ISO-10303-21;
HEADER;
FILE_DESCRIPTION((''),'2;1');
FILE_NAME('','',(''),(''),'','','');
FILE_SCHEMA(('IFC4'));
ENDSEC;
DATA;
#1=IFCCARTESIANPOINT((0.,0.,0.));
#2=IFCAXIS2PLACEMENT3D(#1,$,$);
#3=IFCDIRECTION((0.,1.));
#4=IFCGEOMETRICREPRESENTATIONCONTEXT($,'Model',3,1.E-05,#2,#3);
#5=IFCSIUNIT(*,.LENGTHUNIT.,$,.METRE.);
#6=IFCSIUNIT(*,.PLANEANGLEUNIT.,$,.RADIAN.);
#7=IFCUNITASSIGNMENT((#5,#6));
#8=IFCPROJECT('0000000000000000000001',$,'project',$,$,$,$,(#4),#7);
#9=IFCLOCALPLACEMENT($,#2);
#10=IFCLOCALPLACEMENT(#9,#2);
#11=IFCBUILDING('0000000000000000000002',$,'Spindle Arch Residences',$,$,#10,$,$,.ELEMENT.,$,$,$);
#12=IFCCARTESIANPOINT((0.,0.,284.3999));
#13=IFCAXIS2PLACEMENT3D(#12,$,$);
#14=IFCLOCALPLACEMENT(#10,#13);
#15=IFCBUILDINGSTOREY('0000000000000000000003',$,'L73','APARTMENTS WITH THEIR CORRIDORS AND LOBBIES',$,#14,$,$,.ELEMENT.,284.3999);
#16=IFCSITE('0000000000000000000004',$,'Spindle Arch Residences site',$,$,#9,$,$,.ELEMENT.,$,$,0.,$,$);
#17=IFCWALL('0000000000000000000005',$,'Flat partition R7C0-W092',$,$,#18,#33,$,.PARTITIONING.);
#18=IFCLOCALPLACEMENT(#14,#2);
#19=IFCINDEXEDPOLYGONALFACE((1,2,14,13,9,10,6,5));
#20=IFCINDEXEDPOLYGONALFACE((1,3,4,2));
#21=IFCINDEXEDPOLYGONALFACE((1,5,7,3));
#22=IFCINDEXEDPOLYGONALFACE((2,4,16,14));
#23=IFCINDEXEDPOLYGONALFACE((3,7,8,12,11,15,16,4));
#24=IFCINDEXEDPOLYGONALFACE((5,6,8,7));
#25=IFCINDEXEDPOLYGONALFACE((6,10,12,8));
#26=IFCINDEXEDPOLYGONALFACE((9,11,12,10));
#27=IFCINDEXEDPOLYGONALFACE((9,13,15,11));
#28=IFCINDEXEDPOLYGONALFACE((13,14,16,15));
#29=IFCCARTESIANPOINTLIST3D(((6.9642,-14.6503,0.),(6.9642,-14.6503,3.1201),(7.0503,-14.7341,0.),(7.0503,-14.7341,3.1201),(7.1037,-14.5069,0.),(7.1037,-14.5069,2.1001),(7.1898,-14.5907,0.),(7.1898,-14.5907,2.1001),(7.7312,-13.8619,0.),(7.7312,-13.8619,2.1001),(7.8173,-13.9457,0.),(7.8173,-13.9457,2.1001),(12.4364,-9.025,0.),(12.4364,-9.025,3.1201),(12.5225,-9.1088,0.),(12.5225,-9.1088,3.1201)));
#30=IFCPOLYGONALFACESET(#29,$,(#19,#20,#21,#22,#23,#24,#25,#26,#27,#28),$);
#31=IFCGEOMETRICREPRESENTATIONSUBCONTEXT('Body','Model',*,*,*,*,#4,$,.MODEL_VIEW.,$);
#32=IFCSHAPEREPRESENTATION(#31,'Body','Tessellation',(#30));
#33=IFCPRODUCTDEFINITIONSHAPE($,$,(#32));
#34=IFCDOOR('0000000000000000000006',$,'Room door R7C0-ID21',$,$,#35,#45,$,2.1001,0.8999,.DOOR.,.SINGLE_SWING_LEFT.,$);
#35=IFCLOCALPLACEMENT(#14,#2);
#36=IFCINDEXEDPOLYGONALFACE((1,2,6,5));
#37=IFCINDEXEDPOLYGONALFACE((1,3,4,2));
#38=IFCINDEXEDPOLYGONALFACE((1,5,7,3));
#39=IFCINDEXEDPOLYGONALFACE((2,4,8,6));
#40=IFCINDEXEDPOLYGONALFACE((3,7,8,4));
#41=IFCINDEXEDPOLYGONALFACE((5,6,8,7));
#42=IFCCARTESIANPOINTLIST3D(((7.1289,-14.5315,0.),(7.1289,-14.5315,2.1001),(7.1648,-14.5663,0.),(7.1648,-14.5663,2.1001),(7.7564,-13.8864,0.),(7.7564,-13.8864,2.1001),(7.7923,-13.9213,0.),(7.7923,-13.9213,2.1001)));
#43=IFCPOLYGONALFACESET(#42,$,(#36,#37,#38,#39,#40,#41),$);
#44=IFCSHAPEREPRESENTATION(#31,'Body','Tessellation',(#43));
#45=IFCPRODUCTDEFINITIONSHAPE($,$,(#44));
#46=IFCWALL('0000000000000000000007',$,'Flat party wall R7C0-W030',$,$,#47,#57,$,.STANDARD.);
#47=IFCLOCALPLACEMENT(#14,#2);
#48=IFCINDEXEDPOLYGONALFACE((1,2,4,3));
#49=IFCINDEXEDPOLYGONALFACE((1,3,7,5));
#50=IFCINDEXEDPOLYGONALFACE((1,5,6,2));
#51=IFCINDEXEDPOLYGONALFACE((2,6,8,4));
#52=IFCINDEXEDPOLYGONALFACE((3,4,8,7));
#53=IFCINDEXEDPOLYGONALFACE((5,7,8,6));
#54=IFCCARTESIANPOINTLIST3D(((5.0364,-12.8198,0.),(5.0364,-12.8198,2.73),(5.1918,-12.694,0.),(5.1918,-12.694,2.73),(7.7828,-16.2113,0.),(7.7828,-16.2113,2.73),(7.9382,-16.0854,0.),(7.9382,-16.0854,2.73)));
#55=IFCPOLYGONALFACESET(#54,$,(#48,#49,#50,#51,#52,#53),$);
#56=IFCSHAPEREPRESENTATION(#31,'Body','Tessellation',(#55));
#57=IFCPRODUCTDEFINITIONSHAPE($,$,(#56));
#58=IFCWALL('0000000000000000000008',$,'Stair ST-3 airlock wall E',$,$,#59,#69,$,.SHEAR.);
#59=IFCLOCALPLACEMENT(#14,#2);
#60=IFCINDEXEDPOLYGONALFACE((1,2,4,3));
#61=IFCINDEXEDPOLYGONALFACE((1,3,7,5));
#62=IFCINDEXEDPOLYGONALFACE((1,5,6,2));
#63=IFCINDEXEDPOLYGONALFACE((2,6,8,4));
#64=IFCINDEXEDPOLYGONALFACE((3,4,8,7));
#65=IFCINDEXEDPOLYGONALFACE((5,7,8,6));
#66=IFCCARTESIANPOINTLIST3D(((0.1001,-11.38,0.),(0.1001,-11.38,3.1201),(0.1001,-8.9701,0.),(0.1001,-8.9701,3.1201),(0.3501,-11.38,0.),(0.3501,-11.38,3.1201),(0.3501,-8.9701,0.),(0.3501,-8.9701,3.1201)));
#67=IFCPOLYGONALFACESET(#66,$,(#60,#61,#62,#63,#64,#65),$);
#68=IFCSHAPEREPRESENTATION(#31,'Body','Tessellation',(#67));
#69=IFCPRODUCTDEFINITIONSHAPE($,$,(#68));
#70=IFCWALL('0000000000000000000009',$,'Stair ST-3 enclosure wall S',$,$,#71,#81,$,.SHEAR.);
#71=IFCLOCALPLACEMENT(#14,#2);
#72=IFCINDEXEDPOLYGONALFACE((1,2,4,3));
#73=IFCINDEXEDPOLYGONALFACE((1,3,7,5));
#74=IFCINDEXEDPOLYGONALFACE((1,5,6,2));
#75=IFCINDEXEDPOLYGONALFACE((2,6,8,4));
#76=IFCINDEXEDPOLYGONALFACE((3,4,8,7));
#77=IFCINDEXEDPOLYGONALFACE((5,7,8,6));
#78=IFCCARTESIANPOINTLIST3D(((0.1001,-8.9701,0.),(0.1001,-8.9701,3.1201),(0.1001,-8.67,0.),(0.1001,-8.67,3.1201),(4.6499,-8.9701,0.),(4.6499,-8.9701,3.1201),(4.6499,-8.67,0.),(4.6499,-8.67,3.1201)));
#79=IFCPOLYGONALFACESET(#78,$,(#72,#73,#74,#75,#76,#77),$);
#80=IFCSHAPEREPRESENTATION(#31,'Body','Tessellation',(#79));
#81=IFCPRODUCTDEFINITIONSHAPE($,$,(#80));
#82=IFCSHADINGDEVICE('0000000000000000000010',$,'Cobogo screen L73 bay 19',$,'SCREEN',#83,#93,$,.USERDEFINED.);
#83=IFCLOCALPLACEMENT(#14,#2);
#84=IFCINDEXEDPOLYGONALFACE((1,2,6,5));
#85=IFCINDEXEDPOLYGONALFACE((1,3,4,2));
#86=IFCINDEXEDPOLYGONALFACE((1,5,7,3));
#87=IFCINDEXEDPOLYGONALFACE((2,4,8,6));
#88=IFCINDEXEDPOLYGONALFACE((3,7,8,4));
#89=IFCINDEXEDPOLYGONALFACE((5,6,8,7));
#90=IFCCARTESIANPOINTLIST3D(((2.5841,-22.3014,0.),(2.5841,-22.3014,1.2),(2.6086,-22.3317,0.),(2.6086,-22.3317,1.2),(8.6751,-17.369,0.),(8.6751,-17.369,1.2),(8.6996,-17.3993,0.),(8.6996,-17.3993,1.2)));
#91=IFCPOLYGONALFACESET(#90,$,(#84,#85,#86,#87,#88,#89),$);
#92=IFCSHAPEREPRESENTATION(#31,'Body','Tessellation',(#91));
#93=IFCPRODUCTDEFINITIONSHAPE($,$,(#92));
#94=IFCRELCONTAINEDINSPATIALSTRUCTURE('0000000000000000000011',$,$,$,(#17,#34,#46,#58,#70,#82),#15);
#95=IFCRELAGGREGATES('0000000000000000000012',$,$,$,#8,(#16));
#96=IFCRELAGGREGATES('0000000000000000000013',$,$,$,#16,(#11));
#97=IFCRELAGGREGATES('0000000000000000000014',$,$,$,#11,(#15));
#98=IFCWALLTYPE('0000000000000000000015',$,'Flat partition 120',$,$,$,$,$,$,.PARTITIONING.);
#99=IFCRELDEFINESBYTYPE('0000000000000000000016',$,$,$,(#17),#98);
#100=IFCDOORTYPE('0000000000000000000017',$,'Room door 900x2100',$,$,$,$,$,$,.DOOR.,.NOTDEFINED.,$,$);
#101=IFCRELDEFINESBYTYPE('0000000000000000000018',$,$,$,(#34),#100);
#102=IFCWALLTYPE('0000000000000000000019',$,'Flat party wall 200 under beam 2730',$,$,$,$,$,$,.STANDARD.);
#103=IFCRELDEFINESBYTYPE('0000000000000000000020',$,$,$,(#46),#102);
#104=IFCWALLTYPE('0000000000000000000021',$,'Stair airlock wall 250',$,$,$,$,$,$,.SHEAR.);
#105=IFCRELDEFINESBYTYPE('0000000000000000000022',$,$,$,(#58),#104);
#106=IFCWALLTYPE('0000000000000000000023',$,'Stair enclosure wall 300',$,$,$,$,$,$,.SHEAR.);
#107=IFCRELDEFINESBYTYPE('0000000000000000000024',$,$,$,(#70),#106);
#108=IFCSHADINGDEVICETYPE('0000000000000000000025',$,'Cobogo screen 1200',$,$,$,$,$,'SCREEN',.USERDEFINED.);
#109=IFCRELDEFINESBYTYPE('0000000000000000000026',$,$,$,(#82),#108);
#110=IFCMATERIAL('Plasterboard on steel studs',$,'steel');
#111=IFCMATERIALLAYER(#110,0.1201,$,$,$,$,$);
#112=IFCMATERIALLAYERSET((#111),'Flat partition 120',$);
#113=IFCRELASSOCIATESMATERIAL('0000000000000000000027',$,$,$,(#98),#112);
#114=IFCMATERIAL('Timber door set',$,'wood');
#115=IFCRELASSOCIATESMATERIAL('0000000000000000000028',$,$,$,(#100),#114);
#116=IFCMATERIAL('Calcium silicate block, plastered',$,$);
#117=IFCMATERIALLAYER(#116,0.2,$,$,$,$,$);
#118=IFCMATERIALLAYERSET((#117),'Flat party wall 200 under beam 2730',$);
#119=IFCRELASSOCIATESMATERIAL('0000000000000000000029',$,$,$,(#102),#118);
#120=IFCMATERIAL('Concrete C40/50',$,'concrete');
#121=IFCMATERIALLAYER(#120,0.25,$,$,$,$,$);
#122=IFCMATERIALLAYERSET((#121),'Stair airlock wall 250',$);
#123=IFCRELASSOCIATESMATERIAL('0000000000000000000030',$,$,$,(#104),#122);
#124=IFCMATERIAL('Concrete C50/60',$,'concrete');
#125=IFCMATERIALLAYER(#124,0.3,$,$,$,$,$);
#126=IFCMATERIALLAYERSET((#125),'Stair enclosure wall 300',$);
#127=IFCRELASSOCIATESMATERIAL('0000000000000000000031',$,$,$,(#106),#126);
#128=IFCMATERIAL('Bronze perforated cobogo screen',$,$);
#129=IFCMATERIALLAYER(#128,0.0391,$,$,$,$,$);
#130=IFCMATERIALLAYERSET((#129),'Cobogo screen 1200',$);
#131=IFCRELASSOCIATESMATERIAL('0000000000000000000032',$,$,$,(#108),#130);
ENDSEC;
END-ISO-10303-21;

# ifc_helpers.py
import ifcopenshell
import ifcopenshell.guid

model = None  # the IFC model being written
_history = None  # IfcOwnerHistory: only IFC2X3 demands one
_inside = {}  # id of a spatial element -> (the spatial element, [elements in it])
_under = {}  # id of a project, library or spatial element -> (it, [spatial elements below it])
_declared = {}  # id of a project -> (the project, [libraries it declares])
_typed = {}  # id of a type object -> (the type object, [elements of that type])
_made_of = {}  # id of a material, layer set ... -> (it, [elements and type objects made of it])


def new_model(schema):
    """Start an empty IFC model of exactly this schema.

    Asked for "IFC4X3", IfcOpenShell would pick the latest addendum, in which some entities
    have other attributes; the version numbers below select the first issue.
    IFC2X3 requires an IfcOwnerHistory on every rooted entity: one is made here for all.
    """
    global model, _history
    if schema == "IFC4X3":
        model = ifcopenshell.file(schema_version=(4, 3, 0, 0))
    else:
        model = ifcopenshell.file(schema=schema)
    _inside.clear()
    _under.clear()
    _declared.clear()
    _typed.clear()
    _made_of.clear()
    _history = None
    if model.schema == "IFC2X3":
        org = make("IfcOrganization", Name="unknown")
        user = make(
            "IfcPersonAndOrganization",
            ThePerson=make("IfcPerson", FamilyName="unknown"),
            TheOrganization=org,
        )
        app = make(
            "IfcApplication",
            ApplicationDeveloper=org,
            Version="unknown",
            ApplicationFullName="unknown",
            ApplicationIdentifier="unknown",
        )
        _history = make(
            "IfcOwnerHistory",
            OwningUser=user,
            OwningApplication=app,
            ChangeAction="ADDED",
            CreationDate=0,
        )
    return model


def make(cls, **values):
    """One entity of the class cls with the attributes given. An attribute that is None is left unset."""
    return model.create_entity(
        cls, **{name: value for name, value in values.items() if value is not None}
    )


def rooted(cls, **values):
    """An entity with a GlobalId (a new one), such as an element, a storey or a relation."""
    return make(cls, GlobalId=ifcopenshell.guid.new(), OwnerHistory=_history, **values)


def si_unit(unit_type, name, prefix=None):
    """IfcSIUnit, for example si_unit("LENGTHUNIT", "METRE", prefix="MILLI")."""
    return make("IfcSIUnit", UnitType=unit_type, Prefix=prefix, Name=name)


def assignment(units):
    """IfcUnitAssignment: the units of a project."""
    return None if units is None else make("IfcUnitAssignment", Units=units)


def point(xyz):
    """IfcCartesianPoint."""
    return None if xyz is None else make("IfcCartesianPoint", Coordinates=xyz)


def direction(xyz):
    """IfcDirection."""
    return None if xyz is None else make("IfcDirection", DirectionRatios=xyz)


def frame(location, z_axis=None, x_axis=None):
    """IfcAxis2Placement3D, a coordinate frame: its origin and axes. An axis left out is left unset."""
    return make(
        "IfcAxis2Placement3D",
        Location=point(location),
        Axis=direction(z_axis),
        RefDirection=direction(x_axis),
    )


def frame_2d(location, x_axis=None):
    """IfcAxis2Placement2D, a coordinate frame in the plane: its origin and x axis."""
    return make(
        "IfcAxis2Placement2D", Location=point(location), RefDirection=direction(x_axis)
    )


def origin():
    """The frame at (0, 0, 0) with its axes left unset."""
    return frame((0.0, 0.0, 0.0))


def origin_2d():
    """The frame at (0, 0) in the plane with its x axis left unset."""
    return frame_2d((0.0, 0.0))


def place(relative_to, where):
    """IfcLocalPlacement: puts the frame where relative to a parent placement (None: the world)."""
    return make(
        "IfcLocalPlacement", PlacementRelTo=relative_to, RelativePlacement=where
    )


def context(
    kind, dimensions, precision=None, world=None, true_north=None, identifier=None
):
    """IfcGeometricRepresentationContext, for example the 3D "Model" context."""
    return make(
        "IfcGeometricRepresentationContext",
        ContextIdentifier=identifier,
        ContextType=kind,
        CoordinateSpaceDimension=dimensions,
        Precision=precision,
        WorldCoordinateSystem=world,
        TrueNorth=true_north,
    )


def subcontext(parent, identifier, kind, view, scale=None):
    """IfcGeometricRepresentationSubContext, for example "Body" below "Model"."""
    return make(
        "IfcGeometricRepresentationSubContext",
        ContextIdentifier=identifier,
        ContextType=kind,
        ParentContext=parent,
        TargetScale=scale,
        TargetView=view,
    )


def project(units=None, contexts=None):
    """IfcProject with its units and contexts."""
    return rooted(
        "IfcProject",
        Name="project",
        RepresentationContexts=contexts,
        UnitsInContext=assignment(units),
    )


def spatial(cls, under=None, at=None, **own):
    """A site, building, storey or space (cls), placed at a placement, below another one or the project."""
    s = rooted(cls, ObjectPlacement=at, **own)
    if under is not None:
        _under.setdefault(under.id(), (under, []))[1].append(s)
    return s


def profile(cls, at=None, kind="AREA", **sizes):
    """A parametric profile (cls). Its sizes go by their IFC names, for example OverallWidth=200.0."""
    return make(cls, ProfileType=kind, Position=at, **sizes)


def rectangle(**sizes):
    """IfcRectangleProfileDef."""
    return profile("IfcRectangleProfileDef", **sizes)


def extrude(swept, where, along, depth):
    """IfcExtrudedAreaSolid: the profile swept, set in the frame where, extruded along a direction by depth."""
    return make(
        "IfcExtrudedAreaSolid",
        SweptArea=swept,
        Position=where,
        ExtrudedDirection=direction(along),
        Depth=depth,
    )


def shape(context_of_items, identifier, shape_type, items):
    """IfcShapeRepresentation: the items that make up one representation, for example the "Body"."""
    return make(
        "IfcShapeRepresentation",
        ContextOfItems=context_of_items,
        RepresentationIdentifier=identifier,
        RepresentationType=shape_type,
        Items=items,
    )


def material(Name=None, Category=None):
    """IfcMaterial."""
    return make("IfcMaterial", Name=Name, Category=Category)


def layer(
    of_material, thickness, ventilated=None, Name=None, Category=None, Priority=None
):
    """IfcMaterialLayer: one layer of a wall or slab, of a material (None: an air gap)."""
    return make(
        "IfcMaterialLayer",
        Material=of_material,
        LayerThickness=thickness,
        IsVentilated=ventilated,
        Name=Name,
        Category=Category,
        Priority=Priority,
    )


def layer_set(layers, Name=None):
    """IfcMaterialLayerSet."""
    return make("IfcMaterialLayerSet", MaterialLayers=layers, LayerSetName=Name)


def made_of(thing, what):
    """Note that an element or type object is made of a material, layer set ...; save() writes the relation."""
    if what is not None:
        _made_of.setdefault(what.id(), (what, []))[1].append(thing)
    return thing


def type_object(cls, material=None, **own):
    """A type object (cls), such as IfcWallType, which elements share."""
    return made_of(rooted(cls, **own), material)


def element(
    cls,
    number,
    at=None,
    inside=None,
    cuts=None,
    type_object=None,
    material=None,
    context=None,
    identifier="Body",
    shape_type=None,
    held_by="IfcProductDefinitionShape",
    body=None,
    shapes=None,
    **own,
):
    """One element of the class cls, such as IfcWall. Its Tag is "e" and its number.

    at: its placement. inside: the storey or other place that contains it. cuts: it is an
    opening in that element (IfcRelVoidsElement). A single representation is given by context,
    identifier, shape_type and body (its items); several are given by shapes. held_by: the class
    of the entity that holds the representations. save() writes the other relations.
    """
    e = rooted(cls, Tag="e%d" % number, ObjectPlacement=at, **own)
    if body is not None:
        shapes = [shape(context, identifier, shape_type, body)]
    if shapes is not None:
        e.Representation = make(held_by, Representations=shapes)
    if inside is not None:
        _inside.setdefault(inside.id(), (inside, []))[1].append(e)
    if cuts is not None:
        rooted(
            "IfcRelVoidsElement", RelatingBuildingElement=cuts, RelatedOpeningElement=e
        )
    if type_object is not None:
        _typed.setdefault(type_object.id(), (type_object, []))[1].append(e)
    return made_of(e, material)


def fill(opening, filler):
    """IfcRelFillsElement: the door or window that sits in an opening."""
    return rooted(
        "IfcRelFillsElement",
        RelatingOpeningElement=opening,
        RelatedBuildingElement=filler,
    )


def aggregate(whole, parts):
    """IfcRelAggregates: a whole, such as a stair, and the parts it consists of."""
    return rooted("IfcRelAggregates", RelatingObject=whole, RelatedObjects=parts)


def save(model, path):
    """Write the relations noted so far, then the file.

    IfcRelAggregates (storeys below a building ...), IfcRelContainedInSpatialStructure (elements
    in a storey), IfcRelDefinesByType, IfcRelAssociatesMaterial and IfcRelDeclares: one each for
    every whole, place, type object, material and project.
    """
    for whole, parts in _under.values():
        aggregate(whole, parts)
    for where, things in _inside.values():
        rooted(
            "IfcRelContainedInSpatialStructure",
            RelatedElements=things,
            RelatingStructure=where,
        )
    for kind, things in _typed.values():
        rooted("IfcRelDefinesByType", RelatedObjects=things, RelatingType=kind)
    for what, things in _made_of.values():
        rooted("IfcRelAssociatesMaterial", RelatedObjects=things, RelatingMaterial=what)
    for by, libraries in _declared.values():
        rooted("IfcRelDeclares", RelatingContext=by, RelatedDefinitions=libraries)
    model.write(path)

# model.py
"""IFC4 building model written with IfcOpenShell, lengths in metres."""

from ifc_helpers import new_model, si_unit, direction, frame, frame_2d, origin, origin_2d, place, context, subcontext, project, spatial, rectangle, extrude, material, layer, layer_set, type_object, element, fill, save


model = new_model("IFC4")

# Units and contexts
model_context = context("Model", 3, precision=1e-05, world=origin(), true_north=direction((0.0, 1.0)))
body_context = subcontext(model_context, "Body", "Model", "MODEL_VIEW")
ifc_project = project(units=[si_unit("LENGTHUNIT", "METRE"), si_unit("PLANEANGLEUNIT", "RADIAN")], contexts=[model_context])

# Site, building, storey
site_placement = place(None, origin())
site = spatial("IfcSite", under=ifc_project, at=site_placement, Name="Spindle Arch Residences site", CompositionType="ELEMENT", RefElevation=0.0)
building_placement = place(site_placement, origin())
building = spatial("IfcBuilding", under=site, at=building_placement, Name="Spindle Arch Residences", CompositionType="ELEMENT")
storey_placement = place(building_placement, frame((0.0, 0.0, 284.3999)))
storey = spatial("IfcBuildingStorey", under=building, at=storey_placement, Name="L73", Description="APARTMENTS WITH THEIR CORRIDORS AND LOBBIES", CompositionType="ELEMENT", Elevation=284.3999)

# Shared definitions
ifc_material_1 = material(Name="Plasterboard on steel studs", Category="steel")
ifc_layer_1 = layer(ifc_material_1, 0.1201)
ifc_layer_set_1 = layer_set([ifc_layer_1], Name="Flat partition 120")
wall_type_1 = type_object("IfcWallType", Name="Flat partition 120", PredefinedType="PARTITIONING", material=ifc_layer_set_1)

# Wall, opening, door
wall_1_placement = place(storey_placement, frame((7.0073, -14.6921, 0.0), z_axis=(0.0, 0.0, 1.0), x_axis=(0.697287, 0.716792, 0.0)))
wall_1 = element("IfcWall", 1, at=wall_1_placement, inside=storey, type_object=wall_type_1, Name="Flat partition R7C0-W092", PredefinedType="PARTITIONING", context=body_context, shape_type="SweptSolid", body=[
    extrude(rectangle(XDim=7.8479, YDim=0.1201, at=frame_2d((3.9238, 0.0))), origin(), (0.0, 0.0, 1.0), 3.1201),
])
opening_1_placement = place(wall_1_placement, frame((0.2, 0.0, 0.0)))
opening_1 = element("IfcOpeningElement", 2, at=opening_1_placement, cuts=wall_1, PredefinedType="OPENING", context=body_context, shape_type="SweptSolid", body=[
    extrude(rectangle(XDim=0.8999, YDim=2.1001, at=frame_2d((0.45, 1.05))), frame((0.0, 0.0701, 0.0), z_axis=(0.0, -1.0, 0.0), x_axis=(1.0, 0.0, 0.0)), (0.0, 0.0, 1.0), 0.1401),
])
ifc_material_2 = material(Name="Timber door set", Category="wood")
door_type_1 = type_object("IfcDoorType", Name="Room door 900x2100", OperationType="NOTDEFINED", PredefinedType="DOOR", material=ifc_material_2)
door_1_placement = place(opening_1_placement, origin())
door_1 = element("IfcDoor", 3, at=door_1_placement, inside=storey, type_object=door_type_1, Name="Room door R7C0-ID21", OperationType="SINGLE_SWING_LEFT", OverallHeight=2.1001, OverallWidth=0.8999, PredefinedType="DOOR", context=body_context, shape_type="SweptSolid", body=[
    extrude(rectangle(XDim=0.8999, YDim=2.1001, at=frame_2d((0.45, 1.05))), frame((0.0, 0.0249, 0.0), z_axis=(0.0, -1.0, 0.0), x_axis=(1.0, 0.0, 0.0)), (0.0, 0.0, 1.0), 0.05),
])
fill(opening_1, door_1)

# Wall
ifc_material_3 = material(Name="Calcium silicate block, plastered")
ifc_layer_2 = layer(ifc_material_3, 0.2)
ifc_layer_set_2 = layer_set([ifc_layer_2], Name="Flat party wall 200 under beam 2730")
wall_type_2 = type_object("IfcWallType", Name="Flat party wall 200 under beam 2730", PredefinedType="STANDARD", material=ifc_layer_set_2)
wall_2_placement = place(storey_placement, frame((7.8606, -16.1484, 0.0), z_axis=(0.0, 0.0, 1.0), x_axis=(-0.62933, 0.777138, 0.0)))
element("IfcWall", 4, at=wall_2_placement, inside=storey, type_object=wall_type_2, Name="Flat party wall R7C0-W030", PredefinedType="STANDARD", context=body_context, shape_type="SweptSolid", body=[
    extrude(rectangle(XDim=4.364, YDim=0.2, at=frame_2d((2.1821, 0.0))), origin(), (0.0, 0.0, 1.0), 2.73),
])

# Walls
ifc_material_4 = material(Name="Concrete C40/50", Category="concrete")
ifc_layer_3 = layer(ifc_material_4, 0.25)
ifc_layer_set_3 = layer_set([ifc_layer_3], Name="Stair airlock wall 250")
wall_type_3 = type_object("IfcWallType", Name="Stair airlock wall 250", PredefinedType="SHEAR", material=ifc_layer_set_3)
wall_3_placement = place(storey_placement, frame((0.2251, -8.97, 0.0), z_axis=(0.0, 0.0, 1.0), x_axis=(0.0, -1.0, 0.0)))
element("IfcWall", 5, at=wall_3_placement, inside=storey, type_object=wall_type_3, Name="Stair ST-3 airlock wall E", PredefinedType="SHEAR", context=body_context, shape_type="SweptSolid", body=[
    extrude(rectangle(XDim=2.4099, YDim=0.25, at=frame_2d((1.2051, 0.0))), origin(), (0.0, 0.0, 1.0), 3.1201),
])
ifc_material_5 = material(Name="Concrete C50/60", Category="concrete")
ifc_layer_4 = layer(ifc_material_5, 0.3)
ifc_layer_set_4 = layer_set([ifc_layer_4], Name="Stair enclosure wall 300")
wall_type_4 = type_object("IfcWallType", Name="Stair enclosure wall 300", PredefinedType="SHEAR", material=ifc_layer_set_4)
wall_4_placement = place(storey_placement, frame((0.1001, -8.8201, 0.0), z_axis=(0.0, 0.0, 1.0), x_axis=(1.0, 0.0, 0.0)))
element("IfcWall", 6, at=wall_4_placement, inside=storey, type_object=wall_type_4, Name="Stair ST-3 enclosure wall S", PredefinedType="SHEAR", context=body_context, shape_type="SweptSolid", body=[
    extrude(rectangle(XDim=4.5498, YDim=0.3, at=frame_2d((2.2749, 0.0))), origin(), (0.0, 0.0, 1.0), 3.1201),
])

# Shading device
ifc_material_6 = material(Name="Bronze perforated cobogo screen")
ifc_layer_5 = layer(ifc_material_6, 0.0391)
ifc_layer_set_5 = layer_set([ifc_layer_5], Name="Cobogo screen 1200")
shading_device_type = type_object("IfcShadingDeviceType", Name="Cobogo screen 1200", ElementType="SCREEN", PredefinedType="USERDEFINED", material=ifc_layer_set_5)
shading_device_placement = place(storey_placement, frame((5.6418, -19.8503, 0.0), z_axis=(0.0, 0.0, 1.0), x_axis=(0.777146, 0.62932, 0.0)))
element("IfcShadingDevice", 7, at=shading_device_placement, inside=storey, type_object=shading_device_type, Name="Cobogo screen L73 bay 19", ObjectType="SCREEN", PredefinedType="USERDEFINED", context=body_context, shape_type="SweptSolid", body=[
    extrude(rectangle(XDim=7.8376, YDim=0.0391, at=origin_2d()), origin(), (0.0, 0.0, 1.0), 1.2),
])

save(model, "model.ifc")
